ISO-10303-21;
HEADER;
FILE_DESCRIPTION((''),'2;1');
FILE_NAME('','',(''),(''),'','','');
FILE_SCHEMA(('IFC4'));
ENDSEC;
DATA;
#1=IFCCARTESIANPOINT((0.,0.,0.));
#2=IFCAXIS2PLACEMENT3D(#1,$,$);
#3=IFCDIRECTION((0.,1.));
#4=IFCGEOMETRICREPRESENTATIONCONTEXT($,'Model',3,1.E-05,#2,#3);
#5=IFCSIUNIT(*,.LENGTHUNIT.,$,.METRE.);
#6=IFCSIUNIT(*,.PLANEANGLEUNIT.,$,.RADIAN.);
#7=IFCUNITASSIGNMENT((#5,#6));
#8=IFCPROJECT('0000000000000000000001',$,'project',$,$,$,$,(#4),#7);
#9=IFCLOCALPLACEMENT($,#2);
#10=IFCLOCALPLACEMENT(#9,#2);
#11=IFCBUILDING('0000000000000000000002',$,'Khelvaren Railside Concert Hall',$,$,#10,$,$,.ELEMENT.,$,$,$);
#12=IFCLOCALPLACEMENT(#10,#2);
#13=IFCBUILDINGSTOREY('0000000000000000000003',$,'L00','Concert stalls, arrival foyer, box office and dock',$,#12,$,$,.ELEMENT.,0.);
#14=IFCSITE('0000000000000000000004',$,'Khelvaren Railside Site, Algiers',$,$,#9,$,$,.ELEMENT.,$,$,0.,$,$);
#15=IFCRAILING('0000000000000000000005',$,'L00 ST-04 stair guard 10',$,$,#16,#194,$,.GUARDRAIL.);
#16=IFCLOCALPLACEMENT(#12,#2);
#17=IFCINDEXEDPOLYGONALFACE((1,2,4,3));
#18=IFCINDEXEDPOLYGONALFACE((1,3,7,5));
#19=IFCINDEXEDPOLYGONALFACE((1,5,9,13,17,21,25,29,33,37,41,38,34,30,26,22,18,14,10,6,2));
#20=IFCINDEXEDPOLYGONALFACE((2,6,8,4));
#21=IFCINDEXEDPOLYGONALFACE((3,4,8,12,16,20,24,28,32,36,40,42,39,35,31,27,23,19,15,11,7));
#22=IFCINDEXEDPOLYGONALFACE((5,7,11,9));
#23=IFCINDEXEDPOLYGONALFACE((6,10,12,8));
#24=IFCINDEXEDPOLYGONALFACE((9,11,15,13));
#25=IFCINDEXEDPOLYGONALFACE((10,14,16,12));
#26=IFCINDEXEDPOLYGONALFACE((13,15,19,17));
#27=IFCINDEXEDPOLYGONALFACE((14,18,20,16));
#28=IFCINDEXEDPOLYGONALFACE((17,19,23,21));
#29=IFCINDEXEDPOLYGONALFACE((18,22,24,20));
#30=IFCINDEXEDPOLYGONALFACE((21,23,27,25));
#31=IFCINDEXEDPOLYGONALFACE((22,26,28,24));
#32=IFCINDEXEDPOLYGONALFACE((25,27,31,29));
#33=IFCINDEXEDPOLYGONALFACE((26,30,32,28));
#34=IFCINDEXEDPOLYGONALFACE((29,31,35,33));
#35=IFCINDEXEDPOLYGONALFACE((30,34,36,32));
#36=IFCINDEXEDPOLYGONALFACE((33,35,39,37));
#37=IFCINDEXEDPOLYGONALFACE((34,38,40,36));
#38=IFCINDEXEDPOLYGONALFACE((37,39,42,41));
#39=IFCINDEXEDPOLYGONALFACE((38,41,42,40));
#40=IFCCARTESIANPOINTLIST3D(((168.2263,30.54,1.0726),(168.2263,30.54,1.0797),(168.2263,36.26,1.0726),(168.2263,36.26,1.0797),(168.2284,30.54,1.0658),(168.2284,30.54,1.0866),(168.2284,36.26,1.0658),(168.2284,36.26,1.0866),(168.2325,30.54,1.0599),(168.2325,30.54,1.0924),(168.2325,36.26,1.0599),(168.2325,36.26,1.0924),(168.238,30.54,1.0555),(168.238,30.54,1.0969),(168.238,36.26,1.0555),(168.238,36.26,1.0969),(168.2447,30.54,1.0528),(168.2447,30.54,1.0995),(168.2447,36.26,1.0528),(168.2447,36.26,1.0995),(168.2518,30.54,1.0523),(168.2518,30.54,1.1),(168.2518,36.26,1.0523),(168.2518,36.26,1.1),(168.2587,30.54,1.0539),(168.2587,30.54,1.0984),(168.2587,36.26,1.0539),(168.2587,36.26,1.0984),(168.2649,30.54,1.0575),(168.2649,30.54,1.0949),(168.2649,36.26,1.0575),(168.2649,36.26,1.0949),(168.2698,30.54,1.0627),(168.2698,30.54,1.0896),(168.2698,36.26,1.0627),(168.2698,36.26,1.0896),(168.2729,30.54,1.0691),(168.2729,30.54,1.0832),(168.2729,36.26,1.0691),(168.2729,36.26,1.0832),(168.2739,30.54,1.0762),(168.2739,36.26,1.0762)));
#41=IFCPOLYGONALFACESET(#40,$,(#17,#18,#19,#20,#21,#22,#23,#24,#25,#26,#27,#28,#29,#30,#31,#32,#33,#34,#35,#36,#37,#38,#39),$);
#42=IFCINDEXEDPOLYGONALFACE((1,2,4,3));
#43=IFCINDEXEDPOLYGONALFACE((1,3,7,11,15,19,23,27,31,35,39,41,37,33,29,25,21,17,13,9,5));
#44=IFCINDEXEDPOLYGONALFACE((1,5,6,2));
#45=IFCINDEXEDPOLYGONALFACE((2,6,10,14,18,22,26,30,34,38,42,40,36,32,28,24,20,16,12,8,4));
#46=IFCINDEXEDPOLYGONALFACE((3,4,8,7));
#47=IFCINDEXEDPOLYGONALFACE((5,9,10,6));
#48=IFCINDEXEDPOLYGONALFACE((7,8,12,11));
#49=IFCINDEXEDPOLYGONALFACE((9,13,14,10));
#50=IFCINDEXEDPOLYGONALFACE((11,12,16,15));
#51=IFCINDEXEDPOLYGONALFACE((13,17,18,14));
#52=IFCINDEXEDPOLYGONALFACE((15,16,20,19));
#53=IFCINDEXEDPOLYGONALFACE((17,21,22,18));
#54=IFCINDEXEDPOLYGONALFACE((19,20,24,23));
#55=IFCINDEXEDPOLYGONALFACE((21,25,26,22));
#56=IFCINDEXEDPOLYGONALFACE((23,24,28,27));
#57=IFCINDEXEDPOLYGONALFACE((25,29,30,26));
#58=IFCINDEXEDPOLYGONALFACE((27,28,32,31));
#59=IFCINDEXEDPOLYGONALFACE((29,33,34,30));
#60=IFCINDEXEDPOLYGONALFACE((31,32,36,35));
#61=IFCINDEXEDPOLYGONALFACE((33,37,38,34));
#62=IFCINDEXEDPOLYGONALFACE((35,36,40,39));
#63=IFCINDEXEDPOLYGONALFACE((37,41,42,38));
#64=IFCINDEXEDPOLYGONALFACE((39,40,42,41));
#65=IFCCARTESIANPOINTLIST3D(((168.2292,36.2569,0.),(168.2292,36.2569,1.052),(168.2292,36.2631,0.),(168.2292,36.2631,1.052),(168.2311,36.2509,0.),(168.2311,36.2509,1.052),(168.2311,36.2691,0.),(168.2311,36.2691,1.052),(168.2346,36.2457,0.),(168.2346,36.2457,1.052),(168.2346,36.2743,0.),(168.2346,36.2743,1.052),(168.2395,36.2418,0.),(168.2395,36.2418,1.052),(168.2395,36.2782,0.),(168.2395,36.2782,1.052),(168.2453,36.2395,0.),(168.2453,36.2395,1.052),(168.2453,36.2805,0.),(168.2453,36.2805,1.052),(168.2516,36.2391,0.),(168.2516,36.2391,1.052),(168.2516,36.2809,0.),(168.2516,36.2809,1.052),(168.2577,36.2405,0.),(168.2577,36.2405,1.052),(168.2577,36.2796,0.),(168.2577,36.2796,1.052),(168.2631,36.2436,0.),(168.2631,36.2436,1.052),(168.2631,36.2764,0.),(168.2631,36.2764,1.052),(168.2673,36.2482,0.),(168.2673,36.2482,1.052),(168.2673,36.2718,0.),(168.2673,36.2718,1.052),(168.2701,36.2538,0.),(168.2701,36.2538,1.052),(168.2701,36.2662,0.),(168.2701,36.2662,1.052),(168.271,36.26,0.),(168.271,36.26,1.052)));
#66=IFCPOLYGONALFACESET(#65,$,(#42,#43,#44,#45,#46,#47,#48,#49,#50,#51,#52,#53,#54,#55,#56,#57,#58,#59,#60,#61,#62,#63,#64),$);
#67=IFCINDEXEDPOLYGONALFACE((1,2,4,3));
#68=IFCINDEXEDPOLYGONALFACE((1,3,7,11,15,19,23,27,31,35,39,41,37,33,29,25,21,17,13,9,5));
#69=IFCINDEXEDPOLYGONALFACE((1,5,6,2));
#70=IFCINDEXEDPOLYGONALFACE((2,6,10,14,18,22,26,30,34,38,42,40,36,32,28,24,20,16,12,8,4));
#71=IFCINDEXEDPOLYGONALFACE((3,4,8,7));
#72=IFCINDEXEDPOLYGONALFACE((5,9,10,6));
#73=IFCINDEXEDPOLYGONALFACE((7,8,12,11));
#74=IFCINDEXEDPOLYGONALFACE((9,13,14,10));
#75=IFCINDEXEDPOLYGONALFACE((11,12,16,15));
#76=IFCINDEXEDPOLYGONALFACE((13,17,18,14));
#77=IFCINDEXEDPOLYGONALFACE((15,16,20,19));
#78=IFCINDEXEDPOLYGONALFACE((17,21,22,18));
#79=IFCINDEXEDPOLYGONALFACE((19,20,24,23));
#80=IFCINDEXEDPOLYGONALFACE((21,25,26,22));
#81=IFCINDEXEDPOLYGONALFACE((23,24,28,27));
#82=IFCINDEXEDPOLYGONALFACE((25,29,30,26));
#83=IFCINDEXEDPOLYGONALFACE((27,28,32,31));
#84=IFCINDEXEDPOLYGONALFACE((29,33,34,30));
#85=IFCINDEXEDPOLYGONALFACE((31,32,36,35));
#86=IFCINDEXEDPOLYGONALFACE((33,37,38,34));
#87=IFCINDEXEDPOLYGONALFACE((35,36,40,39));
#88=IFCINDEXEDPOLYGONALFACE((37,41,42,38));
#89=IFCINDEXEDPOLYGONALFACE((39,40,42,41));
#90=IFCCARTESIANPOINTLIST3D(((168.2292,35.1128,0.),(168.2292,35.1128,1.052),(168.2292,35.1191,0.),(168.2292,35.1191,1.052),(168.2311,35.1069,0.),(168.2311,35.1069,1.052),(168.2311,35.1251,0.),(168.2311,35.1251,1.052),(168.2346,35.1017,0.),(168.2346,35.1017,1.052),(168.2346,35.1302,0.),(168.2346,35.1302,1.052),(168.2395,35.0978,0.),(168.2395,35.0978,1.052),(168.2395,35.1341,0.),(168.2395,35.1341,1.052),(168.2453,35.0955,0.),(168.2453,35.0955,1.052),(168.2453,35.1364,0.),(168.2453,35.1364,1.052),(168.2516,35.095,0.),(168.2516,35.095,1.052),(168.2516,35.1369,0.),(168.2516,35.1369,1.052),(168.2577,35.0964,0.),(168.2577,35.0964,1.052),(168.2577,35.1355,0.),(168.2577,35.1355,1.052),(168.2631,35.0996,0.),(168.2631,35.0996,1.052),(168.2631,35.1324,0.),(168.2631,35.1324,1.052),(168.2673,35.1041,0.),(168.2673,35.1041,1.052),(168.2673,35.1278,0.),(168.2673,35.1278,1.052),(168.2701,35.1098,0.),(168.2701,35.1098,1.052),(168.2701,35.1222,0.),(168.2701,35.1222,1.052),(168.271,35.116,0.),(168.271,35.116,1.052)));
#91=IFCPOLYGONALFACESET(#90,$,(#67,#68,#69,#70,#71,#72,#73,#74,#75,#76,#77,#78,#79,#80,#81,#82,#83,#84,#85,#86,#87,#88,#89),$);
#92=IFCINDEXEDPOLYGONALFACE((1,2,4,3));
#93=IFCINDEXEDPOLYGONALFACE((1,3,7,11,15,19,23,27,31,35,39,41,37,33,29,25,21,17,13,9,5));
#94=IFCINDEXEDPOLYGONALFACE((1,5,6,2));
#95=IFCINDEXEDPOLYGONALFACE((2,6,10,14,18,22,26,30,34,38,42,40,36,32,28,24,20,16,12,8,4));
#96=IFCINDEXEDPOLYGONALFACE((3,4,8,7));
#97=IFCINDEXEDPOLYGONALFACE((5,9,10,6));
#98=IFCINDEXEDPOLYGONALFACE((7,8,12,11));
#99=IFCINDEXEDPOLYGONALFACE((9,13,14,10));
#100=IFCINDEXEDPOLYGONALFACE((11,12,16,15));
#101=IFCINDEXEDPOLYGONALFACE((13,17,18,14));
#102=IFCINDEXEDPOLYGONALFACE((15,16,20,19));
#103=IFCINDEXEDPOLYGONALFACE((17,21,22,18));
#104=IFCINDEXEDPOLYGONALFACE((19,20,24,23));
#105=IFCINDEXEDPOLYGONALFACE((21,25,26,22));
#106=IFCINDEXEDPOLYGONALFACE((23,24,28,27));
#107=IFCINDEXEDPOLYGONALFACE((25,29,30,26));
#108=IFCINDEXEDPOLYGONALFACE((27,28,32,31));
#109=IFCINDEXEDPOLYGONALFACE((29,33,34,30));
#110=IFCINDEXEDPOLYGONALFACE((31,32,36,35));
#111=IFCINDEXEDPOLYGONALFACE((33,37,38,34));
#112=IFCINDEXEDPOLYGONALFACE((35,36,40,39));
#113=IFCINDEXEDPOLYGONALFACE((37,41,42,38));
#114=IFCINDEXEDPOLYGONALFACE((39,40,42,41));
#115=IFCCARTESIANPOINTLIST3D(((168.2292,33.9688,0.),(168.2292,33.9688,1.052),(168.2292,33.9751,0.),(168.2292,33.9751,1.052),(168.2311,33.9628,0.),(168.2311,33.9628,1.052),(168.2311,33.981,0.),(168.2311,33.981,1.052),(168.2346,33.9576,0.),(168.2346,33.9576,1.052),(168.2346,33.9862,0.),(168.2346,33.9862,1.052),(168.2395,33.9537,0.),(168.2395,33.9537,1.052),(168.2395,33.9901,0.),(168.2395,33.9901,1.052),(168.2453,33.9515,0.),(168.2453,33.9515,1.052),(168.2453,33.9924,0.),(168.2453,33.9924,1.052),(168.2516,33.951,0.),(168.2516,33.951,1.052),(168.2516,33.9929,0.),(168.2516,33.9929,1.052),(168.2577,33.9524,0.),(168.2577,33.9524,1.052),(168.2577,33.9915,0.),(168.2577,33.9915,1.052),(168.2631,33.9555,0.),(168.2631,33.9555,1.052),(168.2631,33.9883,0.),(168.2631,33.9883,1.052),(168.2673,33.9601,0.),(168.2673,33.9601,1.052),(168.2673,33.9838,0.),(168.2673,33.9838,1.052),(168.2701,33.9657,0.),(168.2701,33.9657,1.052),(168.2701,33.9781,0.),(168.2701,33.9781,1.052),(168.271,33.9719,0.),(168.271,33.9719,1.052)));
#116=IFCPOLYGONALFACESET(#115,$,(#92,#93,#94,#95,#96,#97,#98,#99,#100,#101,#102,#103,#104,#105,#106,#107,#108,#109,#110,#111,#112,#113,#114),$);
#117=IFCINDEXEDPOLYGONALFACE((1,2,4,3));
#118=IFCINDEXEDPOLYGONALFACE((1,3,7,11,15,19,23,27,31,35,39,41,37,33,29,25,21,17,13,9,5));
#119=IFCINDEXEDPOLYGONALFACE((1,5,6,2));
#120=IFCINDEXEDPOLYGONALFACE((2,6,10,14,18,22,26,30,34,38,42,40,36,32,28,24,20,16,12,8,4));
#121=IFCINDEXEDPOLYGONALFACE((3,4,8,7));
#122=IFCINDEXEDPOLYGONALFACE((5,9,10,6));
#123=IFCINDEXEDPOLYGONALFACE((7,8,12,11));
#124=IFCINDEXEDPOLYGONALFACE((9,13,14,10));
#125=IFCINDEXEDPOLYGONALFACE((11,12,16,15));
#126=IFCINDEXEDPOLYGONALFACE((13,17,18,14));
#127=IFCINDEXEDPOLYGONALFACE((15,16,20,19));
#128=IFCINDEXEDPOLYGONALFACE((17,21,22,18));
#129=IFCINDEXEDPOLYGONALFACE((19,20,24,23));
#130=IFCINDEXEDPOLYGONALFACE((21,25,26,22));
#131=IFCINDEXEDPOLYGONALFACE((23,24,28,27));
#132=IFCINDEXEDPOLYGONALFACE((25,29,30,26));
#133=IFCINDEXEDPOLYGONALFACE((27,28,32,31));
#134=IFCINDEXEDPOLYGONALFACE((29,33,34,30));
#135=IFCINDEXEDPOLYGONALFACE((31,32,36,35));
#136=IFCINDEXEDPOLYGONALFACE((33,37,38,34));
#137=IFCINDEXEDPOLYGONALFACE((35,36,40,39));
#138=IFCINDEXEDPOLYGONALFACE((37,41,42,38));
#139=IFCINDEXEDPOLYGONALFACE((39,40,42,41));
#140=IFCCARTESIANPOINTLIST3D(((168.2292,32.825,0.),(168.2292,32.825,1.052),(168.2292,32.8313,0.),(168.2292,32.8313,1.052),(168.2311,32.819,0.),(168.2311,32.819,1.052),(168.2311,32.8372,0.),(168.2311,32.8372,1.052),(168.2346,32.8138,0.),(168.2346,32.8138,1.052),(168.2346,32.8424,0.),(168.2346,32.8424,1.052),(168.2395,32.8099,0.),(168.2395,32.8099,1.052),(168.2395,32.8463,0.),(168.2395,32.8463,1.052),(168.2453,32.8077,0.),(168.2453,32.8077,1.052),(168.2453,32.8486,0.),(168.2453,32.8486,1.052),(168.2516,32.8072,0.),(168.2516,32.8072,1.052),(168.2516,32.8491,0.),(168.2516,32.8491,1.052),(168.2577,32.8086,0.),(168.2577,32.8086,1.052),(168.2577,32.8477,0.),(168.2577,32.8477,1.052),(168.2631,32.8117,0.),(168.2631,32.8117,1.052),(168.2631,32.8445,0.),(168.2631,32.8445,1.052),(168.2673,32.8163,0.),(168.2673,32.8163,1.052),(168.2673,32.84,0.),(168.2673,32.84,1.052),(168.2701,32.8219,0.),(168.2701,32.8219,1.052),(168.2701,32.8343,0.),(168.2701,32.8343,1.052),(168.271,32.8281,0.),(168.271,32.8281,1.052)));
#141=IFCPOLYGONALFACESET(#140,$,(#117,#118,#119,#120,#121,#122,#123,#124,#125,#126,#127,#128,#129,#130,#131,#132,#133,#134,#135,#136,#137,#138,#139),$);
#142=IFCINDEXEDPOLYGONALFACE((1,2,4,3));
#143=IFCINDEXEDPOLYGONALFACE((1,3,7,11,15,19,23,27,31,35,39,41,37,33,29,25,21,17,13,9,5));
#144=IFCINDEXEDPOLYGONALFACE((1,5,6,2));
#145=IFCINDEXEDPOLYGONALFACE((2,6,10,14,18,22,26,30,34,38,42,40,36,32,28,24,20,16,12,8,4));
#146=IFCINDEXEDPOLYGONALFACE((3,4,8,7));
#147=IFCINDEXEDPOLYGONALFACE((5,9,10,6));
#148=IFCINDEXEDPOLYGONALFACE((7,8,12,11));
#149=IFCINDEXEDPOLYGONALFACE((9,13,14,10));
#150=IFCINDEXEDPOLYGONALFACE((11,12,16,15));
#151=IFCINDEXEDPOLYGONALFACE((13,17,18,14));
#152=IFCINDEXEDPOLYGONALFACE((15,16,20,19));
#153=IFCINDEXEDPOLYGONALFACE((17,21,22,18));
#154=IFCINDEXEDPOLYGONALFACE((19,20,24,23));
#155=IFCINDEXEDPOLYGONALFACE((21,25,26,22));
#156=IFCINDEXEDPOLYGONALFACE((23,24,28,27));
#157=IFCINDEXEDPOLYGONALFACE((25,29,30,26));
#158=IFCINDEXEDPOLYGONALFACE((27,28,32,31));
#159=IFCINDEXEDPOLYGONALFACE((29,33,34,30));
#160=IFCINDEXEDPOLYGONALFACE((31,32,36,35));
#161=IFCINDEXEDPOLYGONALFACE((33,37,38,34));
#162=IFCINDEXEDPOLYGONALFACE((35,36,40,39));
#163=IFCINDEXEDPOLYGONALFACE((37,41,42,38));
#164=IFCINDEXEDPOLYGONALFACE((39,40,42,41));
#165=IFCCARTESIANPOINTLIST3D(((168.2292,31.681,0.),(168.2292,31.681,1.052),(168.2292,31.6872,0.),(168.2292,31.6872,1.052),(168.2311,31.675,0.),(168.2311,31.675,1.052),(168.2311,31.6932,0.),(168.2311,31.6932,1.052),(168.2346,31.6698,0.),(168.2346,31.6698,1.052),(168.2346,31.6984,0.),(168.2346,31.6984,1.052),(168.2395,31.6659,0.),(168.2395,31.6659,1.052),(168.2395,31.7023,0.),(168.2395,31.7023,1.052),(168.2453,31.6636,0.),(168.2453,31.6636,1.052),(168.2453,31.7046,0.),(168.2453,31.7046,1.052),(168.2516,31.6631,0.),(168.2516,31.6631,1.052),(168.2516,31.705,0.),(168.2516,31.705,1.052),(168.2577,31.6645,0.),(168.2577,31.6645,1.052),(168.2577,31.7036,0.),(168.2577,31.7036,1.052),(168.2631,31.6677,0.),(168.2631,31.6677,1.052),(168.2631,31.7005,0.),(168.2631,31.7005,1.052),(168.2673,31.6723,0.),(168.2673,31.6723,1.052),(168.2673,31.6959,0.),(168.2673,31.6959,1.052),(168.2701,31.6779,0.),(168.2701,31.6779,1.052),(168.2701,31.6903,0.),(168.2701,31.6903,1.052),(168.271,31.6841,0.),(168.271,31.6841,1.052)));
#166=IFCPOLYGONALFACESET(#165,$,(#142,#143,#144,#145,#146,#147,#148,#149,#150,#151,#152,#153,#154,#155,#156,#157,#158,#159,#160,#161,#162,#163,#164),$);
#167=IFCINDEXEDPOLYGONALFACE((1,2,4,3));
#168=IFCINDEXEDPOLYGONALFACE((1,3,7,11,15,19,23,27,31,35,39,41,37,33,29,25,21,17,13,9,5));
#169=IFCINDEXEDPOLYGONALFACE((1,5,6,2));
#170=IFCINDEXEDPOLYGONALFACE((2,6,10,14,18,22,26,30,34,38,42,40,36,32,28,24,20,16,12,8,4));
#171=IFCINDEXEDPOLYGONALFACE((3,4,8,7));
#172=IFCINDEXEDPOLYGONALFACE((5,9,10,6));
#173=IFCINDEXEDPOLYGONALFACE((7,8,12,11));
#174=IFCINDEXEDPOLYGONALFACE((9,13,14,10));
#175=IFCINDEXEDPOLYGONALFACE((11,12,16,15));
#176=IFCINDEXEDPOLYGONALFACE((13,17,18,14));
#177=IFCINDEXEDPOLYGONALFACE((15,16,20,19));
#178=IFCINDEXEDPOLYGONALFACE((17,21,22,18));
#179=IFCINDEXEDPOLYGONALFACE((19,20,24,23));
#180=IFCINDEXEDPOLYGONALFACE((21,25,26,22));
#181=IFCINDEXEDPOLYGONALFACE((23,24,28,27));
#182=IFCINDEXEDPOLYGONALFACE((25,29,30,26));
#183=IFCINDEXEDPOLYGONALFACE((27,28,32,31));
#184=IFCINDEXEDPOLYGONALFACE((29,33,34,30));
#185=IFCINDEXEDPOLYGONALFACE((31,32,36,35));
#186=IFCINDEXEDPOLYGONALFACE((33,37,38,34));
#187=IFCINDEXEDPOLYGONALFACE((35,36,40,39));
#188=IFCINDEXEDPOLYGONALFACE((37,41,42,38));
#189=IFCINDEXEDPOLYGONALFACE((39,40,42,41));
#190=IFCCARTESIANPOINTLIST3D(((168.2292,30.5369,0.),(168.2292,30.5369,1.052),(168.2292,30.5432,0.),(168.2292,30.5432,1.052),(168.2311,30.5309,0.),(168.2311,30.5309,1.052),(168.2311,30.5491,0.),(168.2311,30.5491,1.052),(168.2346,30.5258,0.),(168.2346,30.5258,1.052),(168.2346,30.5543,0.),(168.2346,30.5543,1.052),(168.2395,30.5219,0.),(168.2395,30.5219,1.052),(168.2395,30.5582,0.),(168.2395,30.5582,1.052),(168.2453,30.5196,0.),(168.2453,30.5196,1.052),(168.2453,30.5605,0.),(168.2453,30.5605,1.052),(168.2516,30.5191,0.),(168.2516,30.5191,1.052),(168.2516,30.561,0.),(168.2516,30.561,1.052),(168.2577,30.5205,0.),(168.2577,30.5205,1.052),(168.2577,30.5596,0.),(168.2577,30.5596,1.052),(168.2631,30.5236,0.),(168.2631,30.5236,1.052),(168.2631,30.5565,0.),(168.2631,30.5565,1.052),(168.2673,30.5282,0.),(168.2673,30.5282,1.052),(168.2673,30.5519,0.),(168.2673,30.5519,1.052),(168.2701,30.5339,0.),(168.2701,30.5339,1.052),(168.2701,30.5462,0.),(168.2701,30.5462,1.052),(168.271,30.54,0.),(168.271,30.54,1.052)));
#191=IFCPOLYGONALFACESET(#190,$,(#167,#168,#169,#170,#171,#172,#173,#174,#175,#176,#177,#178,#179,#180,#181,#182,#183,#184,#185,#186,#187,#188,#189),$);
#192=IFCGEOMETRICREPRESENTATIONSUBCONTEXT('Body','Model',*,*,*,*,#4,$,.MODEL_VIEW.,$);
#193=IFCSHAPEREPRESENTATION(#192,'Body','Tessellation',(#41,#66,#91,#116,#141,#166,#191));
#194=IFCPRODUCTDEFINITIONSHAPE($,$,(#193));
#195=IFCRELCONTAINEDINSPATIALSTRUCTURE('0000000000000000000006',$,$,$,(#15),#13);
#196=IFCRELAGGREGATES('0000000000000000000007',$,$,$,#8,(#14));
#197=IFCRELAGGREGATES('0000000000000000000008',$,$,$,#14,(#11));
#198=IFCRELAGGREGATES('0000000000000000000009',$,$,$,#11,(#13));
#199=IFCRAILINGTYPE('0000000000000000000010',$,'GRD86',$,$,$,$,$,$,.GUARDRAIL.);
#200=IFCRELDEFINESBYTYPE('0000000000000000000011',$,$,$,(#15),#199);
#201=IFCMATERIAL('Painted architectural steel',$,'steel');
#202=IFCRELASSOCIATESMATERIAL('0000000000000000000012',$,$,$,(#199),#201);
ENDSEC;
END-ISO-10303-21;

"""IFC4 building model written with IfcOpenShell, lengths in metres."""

from ifc_helpers import new_model, si_unit, direction, frame, origin, origin_2d, place, context, subcontext, project, spatial, circle, extrude, material, type_object, element, save


model = new_model("IFC4")

# Units and contexts
model_context = context("Model", 3, precision=1e-05, world=origin(), true_north=direction((0.0, 1.0)))
body_context = subcontext(model_context, "Body", "Model", "MODEL_VIEW")
ifc_project = project(units=[si_unit("LENGTHUNIT", "METRE"), si_unit("PLANEANGLEUNIT", "RADIAN")], contexts=[model_context])

# Site, building, storey
site_placement = place(None, origin())
site = spatial("IfcSite", under=ifc_project, at=site_placement, Name="Khelvaren Railside Site, Algiers", CompositionType="ELEMENT", RefElevation=0.0)
building_placement = place(site_placement, origin())
building = spatial("IfcBuilding", under=site, at=building_placement, Name="Khelvaren Railside Concert Hall", CompositionType="ELEMENT")
storey_placement = place(building_placement, origin())
storey = spatial("IfcBuildingStorey", under=building, at=storey_placement, Name="L00", Description="Concert stalls, arrival foyer, box office and dock", CompositionType="ELEMENT", Elevation=0.0)

# Railing
ifc_material_1 = material(Name="Painted architectural steel", Category="steel")
railing_type = type_object("IfcRailingType", Name="GRD86", PredefinedType="GUARDRAIL", material=ifc_material_1)
railing_1_placement = place(storey_placement, frame((168.25, 36.26, 0.0)))
element("IfcRailing", 1, at=railing_1_placement, inside=storey, type_object=railing_type, Name="L00 ST-04 stair guard 10", PredefinedType="GUARDRAIL", context=body_context, shape_type="SweptSolid", body=[
    extrude(circle(Radius=0.0239, at=origin_2d()), frame((0.0, 0.0, 1.0762), z_axis=(0.0, -1.0, 0.0), x_axis=(1.0, 0.0, 0.0)), (0.0, 0.0, 1.0), 5.72),
    extrude(circle(Radius=0.021, at=origin_2d()), origin(), (0.0, 0.0, 1.0), 1.052),
    extrude(circle(Radius=0.021, at=origin_2d()), frame((0.0, -1.144, 0.0)), (0.0, 0.0, 1.0), 1.052),
    extrude(circle(Radius=0.021, at=origin_2d()), frame((0.0, -2.2881, 0.0)), (0.0, 0.0, 1.0), 1.052),
    extrude(circle(Radius=0.021, at=origin_2d()), frame((0.0, -3.4319, 0.0)), (0.0, 0.0, 1.0), 1.052),
    extrude(circle(Radius=0.021, at=origin_2d()), frame((0.0, -4.5759, 0.0)), (0.0, 0.0, 1.0), 1.052),
    extrude(circle(Radius=0.021, at=origin_2d()), frame((0.0, -5.72, 0.0)), (0.0, 0.0, 1.0), 1.052),
])

save(model, "model.ifc")
